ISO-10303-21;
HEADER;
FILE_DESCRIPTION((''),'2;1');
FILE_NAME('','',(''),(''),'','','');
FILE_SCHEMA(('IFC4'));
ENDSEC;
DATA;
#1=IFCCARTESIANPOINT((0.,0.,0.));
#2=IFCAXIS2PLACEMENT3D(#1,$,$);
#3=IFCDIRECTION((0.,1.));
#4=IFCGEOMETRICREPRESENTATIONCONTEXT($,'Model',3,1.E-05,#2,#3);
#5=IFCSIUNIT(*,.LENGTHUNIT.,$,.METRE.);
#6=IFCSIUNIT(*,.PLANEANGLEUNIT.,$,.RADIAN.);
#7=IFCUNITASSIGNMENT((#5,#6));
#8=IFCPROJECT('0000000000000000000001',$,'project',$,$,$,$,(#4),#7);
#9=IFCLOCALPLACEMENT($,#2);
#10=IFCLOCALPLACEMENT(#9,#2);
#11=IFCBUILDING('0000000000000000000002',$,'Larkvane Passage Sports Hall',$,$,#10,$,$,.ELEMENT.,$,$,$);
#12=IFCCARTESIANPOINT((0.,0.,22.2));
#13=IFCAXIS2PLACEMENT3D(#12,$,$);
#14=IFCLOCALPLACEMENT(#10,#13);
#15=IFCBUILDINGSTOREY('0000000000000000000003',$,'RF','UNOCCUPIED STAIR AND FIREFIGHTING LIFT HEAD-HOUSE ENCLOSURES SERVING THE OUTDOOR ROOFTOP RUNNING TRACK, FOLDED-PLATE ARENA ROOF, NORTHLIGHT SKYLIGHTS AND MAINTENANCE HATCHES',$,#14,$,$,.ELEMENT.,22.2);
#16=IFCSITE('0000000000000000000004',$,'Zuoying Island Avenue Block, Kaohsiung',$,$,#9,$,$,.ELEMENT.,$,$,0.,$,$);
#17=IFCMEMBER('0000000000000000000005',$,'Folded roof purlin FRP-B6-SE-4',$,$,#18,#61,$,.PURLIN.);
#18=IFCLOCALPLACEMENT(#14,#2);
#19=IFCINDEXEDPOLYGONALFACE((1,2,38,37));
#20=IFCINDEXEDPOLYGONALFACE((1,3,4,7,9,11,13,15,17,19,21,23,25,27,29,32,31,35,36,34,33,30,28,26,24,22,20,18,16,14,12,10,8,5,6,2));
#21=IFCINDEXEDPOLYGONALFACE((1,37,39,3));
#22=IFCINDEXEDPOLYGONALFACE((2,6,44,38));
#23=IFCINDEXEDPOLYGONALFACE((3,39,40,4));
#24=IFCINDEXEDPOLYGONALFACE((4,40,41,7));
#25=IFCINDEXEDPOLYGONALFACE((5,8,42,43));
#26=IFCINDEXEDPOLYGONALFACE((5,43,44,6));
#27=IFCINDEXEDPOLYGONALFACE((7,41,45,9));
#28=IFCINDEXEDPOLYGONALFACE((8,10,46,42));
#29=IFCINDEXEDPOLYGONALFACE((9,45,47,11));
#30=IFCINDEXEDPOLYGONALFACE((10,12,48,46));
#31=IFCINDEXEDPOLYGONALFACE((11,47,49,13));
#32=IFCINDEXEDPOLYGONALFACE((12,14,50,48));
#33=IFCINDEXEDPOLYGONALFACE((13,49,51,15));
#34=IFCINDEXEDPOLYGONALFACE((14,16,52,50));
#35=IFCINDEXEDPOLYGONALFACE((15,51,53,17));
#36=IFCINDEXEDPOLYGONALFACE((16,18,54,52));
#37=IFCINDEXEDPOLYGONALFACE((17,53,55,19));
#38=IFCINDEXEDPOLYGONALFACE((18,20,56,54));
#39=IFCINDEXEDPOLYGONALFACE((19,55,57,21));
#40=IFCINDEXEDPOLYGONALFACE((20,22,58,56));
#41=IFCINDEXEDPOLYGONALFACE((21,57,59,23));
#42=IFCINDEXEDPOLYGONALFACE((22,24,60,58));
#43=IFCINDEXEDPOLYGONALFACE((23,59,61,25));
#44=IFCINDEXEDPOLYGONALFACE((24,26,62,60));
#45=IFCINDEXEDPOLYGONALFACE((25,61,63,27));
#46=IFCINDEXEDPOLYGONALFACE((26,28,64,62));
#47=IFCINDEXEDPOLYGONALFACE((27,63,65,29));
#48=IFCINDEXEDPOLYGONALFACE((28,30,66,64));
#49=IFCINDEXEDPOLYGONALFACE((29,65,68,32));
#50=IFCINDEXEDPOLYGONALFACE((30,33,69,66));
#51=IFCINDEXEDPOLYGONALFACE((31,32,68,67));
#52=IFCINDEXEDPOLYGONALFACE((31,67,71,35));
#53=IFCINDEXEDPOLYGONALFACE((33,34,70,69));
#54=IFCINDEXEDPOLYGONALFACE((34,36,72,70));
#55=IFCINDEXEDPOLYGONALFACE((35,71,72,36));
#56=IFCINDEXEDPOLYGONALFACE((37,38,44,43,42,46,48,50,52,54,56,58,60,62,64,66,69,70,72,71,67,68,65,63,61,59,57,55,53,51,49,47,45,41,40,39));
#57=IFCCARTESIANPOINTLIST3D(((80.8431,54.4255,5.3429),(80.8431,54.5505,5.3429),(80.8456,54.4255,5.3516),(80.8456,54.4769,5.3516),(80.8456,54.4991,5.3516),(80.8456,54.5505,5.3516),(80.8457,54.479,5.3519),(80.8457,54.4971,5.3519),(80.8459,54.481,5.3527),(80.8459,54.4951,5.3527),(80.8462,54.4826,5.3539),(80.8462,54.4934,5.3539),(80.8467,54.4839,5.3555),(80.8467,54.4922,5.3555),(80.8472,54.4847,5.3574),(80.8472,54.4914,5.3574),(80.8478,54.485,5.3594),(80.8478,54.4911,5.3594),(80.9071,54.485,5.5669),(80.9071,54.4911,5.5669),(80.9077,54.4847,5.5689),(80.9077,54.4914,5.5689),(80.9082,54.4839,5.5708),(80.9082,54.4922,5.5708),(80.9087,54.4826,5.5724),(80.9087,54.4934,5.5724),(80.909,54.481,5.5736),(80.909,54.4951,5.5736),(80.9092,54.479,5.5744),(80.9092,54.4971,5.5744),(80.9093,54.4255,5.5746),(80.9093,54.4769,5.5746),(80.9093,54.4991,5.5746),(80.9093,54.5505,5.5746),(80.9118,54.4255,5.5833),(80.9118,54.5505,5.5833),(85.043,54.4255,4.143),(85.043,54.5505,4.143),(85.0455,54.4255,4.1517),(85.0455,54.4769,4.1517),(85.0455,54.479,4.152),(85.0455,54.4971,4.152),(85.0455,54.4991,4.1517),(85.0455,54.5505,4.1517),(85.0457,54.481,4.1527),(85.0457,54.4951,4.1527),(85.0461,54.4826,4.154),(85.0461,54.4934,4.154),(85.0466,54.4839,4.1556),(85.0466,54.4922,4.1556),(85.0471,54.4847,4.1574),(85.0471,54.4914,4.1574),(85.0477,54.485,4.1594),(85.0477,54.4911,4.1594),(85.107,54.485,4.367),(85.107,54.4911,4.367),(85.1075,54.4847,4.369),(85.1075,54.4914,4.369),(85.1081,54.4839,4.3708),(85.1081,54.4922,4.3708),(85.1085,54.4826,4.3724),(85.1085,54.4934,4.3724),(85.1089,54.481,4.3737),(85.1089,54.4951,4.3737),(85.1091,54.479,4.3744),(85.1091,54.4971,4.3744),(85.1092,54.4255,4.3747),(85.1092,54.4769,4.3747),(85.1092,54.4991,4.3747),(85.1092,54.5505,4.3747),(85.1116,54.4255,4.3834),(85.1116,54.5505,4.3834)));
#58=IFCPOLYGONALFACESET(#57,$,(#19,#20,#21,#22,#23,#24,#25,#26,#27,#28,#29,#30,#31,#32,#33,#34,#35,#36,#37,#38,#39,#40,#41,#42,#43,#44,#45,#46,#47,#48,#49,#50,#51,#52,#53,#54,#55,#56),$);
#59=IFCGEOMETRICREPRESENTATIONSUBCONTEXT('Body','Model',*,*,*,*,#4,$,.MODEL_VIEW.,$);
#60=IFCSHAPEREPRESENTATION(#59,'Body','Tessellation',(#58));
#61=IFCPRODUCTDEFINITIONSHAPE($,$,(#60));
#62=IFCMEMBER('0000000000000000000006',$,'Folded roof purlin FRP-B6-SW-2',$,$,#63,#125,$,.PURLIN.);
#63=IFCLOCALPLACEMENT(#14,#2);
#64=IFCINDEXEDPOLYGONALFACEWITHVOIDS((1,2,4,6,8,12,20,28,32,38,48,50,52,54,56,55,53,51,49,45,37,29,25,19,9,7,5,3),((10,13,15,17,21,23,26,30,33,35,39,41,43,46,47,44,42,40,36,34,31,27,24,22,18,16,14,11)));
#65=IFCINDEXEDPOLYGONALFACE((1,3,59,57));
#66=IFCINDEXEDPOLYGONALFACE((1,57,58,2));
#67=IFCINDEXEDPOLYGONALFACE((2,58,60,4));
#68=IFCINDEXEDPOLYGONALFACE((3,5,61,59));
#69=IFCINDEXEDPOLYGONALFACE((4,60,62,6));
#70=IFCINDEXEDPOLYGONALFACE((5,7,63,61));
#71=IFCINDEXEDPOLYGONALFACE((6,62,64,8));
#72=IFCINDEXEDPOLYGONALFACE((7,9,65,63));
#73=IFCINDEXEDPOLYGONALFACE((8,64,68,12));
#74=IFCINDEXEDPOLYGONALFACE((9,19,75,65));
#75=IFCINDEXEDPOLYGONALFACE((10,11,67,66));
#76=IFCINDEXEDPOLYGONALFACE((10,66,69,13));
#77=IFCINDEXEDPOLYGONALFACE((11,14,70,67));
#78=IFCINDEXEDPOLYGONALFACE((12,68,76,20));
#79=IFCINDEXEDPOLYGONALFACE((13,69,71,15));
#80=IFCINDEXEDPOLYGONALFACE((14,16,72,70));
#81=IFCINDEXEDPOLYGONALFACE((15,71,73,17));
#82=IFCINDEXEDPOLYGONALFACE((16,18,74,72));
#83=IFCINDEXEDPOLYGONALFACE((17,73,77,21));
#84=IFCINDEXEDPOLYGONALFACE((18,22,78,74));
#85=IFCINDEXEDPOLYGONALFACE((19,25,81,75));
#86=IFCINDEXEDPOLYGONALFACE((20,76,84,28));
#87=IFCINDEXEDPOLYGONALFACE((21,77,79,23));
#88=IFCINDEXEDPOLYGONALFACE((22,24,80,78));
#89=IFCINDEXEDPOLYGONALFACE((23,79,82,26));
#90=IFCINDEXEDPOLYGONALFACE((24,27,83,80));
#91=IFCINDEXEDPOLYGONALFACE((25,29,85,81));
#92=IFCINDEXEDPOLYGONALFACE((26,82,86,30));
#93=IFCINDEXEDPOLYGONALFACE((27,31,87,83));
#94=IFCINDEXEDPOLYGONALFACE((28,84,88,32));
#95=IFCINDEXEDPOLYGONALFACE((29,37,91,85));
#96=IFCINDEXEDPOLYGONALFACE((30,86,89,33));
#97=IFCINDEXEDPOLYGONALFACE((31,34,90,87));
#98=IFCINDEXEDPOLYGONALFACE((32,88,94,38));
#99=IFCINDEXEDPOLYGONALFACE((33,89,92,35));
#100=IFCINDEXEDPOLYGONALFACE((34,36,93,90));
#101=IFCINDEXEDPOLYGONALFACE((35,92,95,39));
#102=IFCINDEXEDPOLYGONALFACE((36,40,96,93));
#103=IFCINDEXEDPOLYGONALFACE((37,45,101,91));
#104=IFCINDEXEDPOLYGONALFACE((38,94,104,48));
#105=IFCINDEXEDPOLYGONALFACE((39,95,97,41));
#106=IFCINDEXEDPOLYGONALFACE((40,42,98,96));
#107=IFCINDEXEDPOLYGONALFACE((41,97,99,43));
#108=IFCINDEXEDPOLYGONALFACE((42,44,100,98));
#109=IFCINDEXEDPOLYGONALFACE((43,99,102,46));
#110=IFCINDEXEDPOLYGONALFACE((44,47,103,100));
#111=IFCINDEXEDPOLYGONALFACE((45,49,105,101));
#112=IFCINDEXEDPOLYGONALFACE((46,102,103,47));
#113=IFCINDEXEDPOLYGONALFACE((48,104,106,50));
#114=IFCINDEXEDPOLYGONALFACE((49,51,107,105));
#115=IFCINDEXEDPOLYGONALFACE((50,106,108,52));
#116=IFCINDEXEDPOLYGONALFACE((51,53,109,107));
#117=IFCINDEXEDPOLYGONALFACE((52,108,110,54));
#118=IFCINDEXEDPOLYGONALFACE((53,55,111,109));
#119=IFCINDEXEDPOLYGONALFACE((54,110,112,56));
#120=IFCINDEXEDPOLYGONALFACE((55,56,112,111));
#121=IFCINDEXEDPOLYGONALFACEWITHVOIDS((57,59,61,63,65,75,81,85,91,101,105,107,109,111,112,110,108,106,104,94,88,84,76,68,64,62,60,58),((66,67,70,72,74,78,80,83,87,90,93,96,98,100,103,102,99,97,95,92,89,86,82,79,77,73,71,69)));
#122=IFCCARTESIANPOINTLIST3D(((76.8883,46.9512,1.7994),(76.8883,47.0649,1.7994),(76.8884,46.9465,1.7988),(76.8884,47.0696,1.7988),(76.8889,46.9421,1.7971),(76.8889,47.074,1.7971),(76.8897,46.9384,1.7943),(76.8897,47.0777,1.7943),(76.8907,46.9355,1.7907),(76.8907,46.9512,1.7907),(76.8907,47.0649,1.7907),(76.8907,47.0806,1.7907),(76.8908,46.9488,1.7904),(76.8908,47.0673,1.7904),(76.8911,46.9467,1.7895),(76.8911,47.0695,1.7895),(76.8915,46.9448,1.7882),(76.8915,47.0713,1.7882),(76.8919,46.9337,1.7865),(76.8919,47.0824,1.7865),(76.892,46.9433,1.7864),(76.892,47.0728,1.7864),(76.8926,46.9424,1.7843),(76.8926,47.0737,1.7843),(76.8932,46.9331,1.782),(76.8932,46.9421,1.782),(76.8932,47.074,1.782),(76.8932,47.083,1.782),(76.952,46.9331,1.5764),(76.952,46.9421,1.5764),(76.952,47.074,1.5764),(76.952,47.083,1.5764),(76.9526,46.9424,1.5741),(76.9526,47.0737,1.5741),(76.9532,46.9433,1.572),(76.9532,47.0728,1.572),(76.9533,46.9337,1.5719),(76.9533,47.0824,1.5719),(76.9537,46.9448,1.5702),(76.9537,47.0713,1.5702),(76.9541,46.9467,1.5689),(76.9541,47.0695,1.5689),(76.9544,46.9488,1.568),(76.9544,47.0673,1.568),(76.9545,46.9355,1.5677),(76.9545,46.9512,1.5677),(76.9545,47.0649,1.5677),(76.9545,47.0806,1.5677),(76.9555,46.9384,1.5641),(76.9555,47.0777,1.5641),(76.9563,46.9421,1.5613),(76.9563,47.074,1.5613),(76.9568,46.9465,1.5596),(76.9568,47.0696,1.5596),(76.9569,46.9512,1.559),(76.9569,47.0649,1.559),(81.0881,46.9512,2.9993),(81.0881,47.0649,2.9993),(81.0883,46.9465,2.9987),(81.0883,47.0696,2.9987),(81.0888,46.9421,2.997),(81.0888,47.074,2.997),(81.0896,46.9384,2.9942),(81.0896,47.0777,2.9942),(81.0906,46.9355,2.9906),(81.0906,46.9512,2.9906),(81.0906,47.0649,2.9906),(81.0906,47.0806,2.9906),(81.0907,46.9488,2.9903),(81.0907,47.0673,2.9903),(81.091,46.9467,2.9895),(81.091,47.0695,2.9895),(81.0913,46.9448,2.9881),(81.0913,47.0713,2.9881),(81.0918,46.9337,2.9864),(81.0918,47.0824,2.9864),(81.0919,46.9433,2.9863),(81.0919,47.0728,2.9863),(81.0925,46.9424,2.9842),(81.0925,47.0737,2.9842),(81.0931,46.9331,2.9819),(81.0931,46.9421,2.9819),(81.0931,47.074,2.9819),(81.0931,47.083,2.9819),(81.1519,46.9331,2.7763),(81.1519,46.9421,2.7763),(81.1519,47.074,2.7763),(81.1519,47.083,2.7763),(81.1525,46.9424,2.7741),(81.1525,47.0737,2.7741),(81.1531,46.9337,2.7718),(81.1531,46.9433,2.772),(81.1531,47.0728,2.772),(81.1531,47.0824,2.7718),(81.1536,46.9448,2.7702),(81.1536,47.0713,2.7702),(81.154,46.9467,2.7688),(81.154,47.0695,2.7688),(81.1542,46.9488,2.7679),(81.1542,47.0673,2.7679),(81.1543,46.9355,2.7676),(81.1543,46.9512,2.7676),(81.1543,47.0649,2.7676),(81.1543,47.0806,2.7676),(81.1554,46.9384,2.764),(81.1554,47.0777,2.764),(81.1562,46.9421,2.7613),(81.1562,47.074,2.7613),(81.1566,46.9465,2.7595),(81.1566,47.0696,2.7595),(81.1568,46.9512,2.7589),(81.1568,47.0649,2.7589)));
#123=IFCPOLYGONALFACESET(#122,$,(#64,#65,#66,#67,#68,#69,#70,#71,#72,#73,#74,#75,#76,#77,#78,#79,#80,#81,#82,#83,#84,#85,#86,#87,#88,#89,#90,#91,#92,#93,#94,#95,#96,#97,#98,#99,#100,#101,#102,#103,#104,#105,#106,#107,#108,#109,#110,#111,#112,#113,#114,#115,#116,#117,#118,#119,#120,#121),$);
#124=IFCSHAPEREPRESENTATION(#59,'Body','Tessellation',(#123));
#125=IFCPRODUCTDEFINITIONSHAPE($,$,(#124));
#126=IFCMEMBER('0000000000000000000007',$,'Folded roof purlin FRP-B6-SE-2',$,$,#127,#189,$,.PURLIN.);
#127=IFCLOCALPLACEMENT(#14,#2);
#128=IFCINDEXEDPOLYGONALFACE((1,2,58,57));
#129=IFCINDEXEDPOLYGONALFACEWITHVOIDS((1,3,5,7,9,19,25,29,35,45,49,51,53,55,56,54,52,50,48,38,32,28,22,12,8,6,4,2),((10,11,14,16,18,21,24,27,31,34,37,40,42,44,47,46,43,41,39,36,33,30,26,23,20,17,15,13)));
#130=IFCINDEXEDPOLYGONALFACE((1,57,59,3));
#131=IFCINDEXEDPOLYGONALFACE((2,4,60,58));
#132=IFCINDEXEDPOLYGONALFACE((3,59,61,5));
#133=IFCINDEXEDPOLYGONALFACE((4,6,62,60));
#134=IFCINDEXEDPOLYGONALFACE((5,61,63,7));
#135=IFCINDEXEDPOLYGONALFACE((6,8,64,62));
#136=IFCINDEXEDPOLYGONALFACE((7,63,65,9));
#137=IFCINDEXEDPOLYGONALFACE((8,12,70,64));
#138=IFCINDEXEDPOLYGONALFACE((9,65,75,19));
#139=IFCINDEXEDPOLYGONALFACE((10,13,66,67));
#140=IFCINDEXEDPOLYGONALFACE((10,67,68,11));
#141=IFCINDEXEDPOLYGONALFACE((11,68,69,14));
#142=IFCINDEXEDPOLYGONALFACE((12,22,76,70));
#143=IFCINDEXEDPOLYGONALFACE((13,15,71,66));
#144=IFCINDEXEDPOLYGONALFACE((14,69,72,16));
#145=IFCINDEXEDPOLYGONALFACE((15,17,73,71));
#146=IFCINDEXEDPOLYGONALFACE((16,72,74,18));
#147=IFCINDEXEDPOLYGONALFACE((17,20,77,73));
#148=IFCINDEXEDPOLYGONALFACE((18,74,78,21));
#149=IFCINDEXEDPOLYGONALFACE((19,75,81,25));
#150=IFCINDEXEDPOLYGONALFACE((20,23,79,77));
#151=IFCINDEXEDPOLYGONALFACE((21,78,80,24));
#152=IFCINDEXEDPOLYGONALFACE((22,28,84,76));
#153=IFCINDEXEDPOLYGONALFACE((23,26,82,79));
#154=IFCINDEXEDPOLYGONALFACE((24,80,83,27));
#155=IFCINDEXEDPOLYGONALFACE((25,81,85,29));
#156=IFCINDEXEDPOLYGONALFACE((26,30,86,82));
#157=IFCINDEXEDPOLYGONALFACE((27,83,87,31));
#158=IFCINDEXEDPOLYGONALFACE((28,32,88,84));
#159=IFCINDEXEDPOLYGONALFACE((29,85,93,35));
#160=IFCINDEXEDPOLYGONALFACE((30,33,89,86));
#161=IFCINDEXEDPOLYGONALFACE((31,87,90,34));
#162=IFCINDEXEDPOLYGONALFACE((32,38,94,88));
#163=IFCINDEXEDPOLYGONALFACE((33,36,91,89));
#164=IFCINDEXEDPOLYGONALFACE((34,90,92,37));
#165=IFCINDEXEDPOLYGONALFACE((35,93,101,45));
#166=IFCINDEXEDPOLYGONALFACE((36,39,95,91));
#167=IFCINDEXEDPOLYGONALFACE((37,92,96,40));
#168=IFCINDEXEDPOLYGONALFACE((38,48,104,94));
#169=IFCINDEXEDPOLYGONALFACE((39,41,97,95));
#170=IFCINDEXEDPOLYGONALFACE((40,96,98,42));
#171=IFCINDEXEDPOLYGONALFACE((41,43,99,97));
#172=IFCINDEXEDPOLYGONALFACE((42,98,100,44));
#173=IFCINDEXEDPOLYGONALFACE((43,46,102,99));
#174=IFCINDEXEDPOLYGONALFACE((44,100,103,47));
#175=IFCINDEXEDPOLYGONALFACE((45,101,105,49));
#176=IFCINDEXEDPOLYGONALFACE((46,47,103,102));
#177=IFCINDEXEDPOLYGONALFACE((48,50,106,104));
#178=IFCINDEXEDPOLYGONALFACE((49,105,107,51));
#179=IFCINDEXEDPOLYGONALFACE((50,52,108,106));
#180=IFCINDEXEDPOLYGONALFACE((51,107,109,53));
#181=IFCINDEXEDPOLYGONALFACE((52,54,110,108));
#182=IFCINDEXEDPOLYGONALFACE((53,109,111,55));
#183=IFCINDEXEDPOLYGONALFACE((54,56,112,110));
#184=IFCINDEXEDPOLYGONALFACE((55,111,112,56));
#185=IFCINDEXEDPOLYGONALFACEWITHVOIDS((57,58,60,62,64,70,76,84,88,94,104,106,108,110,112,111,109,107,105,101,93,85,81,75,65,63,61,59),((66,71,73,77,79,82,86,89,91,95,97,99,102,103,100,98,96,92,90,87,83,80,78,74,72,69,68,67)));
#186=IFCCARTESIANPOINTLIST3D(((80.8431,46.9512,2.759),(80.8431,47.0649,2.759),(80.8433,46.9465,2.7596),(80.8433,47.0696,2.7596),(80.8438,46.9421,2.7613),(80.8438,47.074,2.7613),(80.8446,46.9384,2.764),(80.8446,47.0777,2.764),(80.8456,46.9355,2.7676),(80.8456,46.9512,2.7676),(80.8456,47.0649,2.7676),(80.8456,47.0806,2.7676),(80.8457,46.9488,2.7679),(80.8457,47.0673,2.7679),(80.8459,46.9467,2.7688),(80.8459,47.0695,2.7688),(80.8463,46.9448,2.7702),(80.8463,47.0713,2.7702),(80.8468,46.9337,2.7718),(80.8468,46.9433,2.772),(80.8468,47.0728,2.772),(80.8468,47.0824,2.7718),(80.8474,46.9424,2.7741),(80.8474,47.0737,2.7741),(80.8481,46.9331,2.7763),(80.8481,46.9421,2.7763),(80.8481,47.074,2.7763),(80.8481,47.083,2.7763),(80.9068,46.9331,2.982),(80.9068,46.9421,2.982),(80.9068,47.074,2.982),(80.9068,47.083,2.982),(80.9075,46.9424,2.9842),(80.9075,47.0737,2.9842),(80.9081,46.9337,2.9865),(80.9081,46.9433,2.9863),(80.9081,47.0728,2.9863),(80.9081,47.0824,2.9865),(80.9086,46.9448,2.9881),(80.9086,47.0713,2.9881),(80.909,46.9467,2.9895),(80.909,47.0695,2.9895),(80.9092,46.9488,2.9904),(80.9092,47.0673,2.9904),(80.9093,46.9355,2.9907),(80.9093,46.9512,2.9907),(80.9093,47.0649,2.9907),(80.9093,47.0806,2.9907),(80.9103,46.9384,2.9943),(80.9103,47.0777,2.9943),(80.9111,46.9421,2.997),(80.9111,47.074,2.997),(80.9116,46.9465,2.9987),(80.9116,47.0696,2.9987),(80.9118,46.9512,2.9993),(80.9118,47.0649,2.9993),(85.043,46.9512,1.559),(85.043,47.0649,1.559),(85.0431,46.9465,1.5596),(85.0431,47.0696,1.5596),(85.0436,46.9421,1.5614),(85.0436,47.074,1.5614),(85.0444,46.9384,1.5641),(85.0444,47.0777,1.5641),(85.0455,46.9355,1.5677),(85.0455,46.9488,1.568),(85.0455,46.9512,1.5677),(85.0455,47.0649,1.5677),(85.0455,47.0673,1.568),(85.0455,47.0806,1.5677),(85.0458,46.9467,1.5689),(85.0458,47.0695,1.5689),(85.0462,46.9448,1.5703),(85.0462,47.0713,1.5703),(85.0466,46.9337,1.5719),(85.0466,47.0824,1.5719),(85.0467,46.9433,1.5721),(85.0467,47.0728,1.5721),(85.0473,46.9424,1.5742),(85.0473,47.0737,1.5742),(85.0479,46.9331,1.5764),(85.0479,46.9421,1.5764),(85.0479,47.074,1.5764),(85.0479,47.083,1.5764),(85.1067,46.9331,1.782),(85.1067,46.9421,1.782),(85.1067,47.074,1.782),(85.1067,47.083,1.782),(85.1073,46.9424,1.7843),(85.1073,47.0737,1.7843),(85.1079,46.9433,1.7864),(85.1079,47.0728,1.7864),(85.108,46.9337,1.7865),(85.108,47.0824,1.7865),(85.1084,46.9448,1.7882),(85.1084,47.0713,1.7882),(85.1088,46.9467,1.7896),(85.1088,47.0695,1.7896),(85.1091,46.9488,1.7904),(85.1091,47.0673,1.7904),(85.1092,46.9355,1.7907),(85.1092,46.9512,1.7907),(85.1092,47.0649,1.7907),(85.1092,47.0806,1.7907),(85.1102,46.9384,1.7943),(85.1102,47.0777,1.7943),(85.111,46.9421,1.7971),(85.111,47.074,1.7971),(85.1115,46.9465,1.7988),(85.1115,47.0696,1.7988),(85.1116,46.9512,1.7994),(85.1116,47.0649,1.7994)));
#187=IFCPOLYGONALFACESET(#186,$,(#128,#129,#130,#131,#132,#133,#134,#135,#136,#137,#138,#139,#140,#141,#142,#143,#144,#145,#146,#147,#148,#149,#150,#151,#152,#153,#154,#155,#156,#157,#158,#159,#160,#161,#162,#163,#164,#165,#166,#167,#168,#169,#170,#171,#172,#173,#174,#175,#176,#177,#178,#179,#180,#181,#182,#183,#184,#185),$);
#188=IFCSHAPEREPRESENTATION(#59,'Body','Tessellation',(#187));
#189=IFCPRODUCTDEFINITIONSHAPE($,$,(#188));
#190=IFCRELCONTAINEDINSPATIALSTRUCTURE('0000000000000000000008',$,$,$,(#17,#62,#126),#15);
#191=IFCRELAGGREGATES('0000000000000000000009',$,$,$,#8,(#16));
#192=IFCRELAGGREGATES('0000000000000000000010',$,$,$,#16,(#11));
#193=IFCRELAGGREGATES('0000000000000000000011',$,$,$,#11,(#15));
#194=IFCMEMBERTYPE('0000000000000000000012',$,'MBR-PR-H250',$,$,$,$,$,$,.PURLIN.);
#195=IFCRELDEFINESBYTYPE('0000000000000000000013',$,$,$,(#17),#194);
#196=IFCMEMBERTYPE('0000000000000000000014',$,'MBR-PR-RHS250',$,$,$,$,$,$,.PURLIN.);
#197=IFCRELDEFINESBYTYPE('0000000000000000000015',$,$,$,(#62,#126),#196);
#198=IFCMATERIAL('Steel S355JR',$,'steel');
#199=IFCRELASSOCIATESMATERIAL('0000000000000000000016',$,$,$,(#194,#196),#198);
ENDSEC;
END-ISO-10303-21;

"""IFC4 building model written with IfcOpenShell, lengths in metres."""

from ifc_helpers import new_model, si_unit, direction, frame, origin, origin_2d, place, context, subcontext, project, spatial, hollow_rectangle, i_section, extrude, material, material_profile, profile_set, type_object, element, save


model = new_model("IFC4")

# Units and contexts
model_context = context("Model", 3, precision=1e-05, world=origin(), true_north=direction((0.0, 1.0)))
body_context = subcontext(model_context, "Body", "Model", "MODEL_VIEW")
ifc_project = project(units=[si_unit("LENGTHUNIT", "METRE"), si_unit("PLANEANGLEUNIT", "RADIAN")], contexts=[model_context])

# Site, building, storey
site_placement = place(None, origin())
site = spatial("IfcSite", under=ifc_project, at=site_placement, Name="Zuoying Island Avenue Block, Kaohsiung", CompositionType="ELEMENT", RefElevation=0.0)
building_placement = place(site_placement, origin())
building = spatial("IfcBuilding", under=site, at=building_placement, Name="Larkvane Passage Sports Hall", CompositionType="ELEMENT")
storey_placement = place(building_placement, frame((0.0, 0.0, 22.2)))
storey = spatial("IfcBuildingStorey", under=building, at=storey_placement, Name="RF", Description="UNOCCUPIED STAIR AND FIREFIGHTING LIFT HEAD-HOUSE ENCLOSURES SERVING THE OUTDOOR ROOFTOP RUNNING TRACK, FOLDED-PLATE ARENA ROOF, NORTHLIGHT SKYLIGHTS AND MAINTENANCE HATCHES", CompositionType="ELEMENT", Elevation=22.2)

# Members
ifc_material_1 = material(Name="Steel S355JR", Category="steel")
ifc_material_profile_1 = material_profile(ifc_material_1, i_section(OverallWidth=0.125, OverallDepth=0.25, WebThickness=0.0061, FlangeThickness=0.009, FilletRadius=0.0081, at=origin_2d()), Name="H-250x125x6x9")
ifc_profile_set_1 = profile_set([ifc_material_profile_1], Name="Steel S355JR")
member_type_1 = type_object("IfcMemberType", Name="MBR-PR-H250", PredefinedType="PURLIN", material=ifc_profile_set_1)
for number, where, z_axis, x_axis, name in (
    (1, (80.8774, 54.488, 5.4631), (0.961526, 0.0, -0.274714), (0.0, 1.0, 0.0), "Folded roof purlin FRP-B6-SE-4"),
):
    element("IfcMember", number, at=place(storey_placement, frame(where, z_axis=z_axis, x_axis=x_axis)), inside=storey, type_object=member_type_1, Name=name, PredefinedType="PURLIN", context=body_context, shape_type="SweptSolid", body=[
        extrude(i_section(OverallWidth=0.125, OverallDepth=0.25, WebThickness=0.0061, FlangeThickness=0.009, FilletRadius=0.0081, at=origin_2d()), origin(), (0.0, 0.0, 1.0), 4.3679),
    ])
ifc_material_profile_2 = material_profile(ifc_material_1, hollow_rectangle(XDim=0.1499, YDim=0.25, WallThickness=0.009, InnerFilletRadius=0.009, OuterFilletRadius=0.0181, at=origin_2d()), Name="RHS-250x150x9")
ifc_profile_set_2 = profile_set([ifc_material_profile_2], Name="Steel S355JR")
member_type_2 = type_object("IfcMemberType", Name="MBR-PR-RHS250", PredefinedType="PURLIN", material=ifc_profile_set_2)
for number, where, z_axis, x_axis, name in (
    (2, (76.9226, 47.0081, 1.6792), (0.961526, 0.0, 0.274714), (0.0, 1.0, 0.0), "Folded roof purlin FRP-B6-SW-2"),
    (3, (80.8774, 47.0081, 2.8792), (0.961526, 0.0, -0.274714), (0.0, 1.0, 0.0), "Folded roof purlin FRP-B6-SE-2"),
):
    element("IfcMember", number, at=place(storey_placement, frame(where, z_axis=z_axis, x_axis=x_axis)), inside=storey, type_object=member_type_2, Name=name, PredefinedType="PURLIN", context=body_context, shape_type="SweptSolid", body=[
        extrude(hollow_rectangle(XDim=0.1499, YDim=0.25, WallThickness=0.009, InnerFilletRadius=0.009, OuterFilletRadius=0.0181, at=origin_2d()), origin(), (0.0, 0.0, 1.0), 4.3679),
    ])

save(model, "model.ifc")
